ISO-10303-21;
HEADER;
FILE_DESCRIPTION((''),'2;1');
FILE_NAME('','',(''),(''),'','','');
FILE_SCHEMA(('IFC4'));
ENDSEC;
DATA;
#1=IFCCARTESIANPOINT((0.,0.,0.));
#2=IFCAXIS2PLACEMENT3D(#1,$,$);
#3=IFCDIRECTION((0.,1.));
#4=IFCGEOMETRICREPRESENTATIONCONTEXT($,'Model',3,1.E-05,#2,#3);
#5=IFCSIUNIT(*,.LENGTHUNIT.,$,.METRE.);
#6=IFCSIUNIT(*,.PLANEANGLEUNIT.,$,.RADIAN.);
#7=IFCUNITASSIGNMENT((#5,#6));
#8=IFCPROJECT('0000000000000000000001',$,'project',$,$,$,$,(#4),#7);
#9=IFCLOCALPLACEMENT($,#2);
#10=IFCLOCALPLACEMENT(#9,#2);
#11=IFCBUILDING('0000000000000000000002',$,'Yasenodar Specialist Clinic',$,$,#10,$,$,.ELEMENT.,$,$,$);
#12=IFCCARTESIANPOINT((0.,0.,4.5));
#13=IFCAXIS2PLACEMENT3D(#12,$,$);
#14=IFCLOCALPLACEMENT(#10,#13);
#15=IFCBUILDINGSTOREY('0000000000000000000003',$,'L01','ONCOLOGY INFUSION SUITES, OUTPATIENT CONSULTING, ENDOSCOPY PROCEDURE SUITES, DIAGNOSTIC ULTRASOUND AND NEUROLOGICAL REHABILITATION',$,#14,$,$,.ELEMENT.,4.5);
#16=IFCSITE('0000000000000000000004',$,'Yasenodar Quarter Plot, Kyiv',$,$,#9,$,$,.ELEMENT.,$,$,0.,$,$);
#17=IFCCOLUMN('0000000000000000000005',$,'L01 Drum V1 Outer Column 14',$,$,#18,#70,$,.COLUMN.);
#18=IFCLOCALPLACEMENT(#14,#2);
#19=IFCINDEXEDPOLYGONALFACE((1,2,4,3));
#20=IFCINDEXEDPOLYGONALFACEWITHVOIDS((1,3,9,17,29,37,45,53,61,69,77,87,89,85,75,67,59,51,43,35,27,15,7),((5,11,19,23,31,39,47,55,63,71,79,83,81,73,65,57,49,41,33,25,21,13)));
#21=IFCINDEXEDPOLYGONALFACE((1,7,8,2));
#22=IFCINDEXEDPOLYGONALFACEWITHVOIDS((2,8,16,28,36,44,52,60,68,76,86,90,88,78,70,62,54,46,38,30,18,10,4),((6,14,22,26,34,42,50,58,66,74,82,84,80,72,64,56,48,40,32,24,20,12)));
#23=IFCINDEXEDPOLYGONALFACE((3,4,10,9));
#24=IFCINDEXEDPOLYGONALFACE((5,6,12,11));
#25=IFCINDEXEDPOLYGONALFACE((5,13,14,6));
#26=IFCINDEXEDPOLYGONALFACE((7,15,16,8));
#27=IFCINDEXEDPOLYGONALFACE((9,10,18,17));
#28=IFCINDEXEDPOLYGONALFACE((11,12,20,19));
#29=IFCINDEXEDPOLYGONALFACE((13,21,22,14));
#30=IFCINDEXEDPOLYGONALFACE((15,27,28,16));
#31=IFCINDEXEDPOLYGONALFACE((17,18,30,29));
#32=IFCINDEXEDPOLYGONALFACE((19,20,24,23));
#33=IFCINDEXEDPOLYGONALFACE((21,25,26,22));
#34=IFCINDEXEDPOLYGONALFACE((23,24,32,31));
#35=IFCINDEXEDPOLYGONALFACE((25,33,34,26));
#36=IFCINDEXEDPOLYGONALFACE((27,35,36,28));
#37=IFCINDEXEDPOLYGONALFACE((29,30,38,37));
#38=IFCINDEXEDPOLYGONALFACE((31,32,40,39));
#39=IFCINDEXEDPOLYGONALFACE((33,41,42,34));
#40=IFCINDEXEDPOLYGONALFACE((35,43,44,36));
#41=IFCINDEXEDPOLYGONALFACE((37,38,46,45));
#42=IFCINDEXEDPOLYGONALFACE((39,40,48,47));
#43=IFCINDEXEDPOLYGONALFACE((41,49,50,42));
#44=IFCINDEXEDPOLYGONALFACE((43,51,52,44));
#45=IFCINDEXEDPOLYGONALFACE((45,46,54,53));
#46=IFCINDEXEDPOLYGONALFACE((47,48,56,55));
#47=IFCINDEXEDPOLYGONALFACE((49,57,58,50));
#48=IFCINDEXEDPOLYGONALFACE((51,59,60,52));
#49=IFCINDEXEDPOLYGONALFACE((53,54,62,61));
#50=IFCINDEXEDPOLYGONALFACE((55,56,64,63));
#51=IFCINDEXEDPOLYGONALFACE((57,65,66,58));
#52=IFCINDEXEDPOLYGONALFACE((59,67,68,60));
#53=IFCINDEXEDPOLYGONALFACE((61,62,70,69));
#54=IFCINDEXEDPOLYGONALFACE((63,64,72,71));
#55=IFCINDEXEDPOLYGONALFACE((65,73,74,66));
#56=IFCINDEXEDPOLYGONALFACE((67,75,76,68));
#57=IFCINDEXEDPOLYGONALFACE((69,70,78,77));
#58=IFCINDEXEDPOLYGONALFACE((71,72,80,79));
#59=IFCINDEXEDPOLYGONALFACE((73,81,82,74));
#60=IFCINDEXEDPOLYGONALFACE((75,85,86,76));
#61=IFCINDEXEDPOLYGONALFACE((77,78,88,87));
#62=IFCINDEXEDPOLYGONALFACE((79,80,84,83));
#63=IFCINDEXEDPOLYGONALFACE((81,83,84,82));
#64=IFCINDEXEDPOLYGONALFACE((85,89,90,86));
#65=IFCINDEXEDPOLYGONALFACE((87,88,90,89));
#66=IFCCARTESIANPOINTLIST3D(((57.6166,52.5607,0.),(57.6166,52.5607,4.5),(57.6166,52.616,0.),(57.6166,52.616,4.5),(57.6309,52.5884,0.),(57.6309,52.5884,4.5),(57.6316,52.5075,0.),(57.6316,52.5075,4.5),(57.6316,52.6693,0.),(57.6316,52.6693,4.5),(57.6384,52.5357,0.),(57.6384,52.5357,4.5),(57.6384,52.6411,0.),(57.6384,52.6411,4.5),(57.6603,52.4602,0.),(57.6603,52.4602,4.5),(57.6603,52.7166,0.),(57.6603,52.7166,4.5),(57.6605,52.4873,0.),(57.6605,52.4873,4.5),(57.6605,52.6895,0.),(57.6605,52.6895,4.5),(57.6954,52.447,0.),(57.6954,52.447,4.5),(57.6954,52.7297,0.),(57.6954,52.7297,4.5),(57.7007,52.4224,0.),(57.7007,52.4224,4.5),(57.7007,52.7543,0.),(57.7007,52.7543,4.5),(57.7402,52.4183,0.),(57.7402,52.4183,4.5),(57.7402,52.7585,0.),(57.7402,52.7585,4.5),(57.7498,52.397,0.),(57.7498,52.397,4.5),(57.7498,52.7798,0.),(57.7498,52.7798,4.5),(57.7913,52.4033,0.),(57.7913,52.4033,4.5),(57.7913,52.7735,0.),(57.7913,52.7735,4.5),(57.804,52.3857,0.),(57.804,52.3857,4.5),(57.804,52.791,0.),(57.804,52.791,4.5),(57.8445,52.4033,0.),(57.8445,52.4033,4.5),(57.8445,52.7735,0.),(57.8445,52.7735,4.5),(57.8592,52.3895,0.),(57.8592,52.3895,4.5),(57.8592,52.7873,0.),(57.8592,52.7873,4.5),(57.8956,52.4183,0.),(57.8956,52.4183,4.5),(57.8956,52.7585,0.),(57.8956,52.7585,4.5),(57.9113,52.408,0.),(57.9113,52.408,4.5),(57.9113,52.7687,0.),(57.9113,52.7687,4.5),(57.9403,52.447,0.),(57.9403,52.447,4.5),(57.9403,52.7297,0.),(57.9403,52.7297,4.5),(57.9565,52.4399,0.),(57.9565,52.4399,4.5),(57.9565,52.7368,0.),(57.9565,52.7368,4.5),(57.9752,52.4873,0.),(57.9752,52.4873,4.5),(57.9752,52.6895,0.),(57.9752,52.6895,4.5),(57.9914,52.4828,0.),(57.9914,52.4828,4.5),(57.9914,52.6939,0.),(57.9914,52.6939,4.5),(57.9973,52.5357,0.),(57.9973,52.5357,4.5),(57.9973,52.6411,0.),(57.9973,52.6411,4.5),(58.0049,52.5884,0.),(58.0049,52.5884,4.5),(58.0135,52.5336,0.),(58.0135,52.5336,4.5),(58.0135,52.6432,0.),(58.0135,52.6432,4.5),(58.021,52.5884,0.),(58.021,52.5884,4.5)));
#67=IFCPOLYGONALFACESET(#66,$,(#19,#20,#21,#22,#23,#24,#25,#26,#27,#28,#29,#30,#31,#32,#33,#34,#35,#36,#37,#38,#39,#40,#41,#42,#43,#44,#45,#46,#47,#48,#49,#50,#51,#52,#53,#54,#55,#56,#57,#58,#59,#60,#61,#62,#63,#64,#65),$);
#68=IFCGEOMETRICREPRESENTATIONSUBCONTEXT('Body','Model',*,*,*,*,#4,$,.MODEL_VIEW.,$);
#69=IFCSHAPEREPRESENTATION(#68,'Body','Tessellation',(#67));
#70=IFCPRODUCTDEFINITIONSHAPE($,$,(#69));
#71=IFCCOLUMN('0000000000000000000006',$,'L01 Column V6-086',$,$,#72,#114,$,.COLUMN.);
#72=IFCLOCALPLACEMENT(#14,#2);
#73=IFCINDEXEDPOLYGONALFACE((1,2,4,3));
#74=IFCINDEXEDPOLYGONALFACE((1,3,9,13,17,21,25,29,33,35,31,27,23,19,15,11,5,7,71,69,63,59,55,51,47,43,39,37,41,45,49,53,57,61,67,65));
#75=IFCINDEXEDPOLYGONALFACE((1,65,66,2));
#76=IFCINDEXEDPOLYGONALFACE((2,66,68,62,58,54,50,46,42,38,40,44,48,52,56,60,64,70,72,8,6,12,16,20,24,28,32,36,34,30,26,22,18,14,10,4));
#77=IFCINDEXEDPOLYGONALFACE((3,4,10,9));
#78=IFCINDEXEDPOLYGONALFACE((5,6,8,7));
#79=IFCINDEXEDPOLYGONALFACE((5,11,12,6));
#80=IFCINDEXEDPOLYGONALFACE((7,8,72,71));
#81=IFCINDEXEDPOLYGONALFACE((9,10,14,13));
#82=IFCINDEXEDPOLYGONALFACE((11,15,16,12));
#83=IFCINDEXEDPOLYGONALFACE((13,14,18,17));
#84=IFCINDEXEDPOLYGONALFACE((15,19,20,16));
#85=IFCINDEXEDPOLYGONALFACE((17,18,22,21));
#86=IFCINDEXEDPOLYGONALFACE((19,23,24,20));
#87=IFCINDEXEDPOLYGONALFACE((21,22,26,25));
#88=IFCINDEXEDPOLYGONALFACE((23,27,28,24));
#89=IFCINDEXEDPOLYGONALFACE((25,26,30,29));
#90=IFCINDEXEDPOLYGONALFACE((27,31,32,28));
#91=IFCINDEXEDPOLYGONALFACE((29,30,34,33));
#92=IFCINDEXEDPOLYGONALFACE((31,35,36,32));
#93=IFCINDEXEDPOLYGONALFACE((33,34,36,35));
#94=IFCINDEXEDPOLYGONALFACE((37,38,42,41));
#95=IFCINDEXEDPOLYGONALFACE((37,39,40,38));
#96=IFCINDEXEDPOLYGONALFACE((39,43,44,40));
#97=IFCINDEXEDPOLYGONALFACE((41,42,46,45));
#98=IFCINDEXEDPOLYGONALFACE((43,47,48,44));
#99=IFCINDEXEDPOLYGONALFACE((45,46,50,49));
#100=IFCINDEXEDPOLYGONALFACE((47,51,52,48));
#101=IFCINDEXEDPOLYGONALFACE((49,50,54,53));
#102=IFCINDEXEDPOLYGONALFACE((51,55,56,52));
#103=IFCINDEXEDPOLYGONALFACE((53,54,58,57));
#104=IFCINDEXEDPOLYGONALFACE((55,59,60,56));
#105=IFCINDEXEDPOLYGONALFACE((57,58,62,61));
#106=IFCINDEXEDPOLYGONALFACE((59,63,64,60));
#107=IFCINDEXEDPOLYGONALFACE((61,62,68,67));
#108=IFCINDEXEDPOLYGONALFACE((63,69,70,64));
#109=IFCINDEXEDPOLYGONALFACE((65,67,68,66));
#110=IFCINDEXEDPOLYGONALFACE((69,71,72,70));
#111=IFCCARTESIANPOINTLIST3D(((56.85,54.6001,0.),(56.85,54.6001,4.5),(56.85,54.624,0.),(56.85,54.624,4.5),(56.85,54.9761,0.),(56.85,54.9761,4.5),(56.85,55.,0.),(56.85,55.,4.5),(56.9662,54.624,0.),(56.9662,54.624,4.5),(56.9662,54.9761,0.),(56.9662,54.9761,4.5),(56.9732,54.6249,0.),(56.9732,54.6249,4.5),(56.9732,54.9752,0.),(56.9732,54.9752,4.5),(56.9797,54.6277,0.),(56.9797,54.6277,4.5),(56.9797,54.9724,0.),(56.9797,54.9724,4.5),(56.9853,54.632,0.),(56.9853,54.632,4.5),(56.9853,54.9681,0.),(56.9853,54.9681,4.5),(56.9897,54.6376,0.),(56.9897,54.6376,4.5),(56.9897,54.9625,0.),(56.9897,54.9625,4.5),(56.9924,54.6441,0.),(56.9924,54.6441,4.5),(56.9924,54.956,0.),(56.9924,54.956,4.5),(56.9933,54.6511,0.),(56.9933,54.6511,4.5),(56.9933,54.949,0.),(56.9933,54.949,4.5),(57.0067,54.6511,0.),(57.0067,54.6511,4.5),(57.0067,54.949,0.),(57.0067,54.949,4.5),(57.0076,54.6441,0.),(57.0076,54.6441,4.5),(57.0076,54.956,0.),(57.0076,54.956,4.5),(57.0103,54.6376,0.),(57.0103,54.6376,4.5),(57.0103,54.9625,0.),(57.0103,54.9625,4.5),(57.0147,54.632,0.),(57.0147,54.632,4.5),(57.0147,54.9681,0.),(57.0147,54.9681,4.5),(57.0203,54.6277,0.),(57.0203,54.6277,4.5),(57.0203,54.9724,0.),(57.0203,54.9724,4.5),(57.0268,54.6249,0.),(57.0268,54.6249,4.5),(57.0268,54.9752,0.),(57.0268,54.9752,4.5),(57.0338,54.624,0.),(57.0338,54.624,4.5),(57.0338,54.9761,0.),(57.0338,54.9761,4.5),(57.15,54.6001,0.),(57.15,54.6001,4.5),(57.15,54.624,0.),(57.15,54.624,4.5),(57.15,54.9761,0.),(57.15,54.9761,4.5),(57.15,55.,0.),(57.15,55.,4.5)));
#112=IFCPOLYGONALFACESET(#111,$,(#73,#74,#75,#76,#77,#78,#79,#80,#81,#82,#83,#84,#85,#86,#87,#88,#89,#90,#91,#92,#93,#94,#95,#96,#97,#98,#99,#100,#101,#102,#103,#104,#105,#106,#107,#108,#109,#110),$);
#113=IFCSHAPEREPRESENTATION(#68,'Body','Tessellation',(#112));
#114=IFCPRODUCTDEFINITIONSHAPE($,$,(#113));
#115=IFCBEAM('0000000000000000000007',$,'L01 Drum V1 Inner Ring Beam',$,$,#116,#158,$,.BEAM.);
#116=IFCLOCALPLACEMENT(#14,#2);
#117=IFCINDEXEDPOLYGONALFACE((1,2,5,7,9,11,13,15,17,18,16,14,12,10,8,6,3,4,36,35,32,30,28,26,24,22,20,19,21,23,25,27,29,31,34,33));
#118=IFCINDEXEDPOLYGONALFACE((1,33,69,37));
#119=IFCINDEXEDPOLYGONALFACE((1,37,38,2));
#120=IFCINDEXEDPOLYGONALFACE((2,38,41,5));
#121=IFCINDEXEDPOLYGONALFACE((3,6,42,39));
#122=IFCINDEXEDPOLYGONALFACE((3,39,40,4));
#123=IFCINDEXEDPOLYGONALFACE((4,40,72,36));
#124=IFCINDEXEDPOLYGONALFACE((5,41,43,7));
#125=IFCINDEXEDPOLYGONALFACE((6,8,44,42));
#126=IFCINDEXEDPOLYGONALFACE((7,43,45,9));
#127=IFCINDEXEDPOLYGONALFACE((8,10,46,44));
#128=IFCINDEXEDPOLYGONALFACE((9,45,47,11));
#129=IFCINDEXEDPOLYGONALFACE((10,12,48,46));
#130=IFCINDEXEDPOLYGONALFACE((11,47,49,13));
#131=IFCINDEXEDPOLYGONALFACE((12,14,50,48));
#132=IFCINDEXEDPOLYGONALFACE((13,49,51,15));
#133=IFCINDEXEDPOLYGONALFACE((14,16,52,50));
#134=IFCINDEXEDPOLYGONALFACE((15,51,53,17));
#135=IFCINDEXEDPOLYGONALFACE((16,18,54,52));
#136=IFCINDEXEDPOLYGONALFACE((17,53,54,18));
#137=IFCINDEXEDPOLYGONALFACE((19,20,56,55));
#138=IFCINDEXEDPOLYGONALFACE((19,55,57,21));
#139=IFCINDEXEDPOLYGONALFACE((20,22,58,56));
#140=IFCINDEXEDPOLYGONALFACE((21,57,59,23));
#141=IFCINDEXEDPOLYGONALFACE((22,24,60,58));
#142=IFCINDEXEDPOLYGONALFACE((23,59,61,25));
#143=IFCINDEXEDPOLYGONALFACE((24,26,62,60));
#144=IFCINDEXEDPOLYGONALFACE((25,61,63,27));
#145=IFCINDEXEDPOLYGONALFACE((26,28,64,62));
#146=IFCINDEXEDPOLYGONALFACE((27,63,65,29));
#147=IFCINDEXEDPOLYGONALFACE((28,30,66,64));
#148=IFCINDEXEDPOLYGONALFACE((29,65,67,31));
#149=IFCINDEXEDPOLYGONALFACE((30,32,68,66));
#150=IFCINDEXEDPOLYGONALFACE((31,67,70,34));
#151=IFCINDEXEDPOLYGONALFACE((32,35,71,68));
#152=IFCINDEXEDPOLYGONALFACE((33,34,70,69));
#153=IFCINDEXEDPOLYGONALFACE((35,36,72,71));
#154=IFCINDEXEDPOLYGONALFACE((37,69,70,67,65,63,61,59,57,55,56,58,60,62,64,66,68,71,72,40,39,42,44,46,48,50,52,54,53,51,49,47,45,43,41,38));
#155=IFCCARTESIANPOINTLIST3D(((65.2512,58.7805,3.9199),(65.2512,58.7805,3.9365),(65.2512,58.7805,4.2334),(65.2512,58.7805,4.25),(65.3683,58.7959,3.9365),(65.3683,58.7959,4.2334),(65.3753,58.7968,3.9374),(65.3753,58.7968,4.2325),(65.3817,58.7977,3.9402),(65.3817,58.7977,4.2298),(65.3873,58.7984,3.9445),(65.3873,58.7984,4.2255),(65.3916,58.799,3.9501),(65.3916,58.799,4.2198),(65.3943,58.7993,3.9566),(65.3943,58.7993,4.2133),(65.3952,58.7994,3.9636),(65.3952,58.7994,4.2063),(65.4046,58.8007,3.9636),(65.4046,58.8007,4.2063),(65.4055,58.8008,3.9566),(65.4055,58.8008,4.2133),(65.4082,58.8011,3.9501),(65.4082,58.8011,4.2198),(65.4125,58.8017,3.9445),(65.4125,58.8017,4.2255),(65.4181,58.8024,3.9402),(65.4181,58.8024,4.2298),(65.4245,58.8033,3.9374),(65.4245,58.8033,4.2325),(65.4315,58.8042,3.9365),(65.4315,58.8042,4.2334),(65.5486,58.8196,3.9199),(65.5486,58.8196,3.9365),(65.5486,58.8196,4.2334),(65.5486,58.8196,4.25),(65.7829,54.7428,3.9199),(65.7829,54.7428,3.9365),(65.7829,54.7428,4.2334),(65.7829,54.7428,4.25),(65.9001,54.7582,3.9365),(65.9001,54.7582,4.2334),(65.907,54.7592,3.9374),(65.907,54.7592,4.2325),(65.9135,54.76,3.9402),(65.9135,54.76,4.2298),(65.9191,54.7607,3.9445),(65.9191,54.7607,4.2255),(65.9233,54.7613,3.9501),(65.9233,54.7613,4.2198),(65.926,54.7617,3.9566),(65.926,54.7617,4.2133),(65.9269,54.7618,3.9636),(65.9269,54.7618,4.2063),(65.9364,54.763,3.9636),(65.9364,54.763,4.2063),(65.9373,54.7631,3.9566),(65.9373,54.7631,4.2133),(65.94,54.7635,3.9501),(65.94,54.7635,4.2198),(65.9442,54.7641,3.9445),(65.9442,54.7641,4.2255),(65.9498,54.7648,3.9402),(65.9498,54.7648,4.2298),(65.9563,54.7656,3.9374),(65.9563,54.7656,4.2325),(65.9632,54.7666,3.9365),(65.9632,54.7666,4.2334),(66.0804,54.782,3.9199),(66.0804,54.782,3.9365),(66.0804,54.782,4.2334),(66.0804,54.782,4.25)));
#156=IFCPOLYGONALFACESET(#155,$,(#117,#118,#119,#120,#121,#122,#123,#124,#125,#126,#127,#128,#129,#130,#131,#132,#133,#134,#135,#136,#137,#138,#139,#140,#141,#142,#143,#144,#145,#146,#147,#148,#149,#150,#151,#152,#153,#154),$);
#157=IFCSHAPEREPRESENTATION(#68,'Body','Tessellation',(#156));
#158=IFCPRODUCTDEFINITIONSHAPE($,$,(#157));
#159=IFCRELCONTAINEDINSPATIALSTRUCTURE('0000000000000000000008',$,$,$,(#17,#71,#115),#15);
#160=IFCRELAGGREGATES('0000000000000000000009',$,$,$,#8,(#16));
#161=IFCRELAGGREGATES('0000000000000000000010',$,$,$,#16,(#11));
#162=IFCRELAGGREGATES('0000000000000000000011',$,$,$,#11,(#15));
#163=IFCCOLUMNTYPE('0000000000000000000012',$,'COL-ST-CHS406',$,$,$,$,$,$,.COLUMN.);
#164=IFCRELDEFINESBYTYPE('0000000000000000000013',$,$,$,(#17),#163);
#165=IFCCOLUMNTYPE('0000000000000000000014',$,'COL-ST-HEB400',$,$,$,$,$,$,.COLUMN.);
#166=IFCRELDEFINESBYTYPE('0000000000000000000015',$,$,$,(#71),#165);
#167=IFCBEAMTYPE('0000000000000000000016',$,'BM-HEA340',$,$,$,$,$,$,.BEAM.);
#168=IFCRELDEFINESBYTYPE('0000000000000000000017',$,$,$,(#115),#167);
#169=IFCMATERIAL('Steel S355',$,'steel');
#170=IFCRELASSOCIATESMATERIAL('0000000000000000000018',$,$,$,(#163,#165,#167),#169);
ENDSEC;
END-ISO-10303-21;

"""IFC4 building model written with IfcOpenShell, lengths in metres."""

from ifc_helpers import new_model, si_unit, direction, frame, origin, origin_2d, place, context, subcontext, project, spatial, hollow_circle, i_section, extrude, material, material_profile, profile_set, type_object, element, save


model = new_model("IFC4")

# Units and contexts
model_context = context("Model", 3, precision=1e-05, world=origin(), true_north=direction((0.0, 1.0)))
body_context = subcontext(model_context, "Body", "Model", "MODEL_VIEW")
ifc_project = project(units=[si_unit("LENGTHUNIT", "METRE"), si_unit("PLANEANGLEUNIT", "RADIAN")], contexts=[model_context])

# Site, building, storey
site_placement = place(None, origin())
site = spatial("IfcSite", under=ifc_project, at=site_placement, Name="Yasenodar Quarter Plot, Kyiv", CompositionType="ELEMENT", RefElevation=0.0)
building_placement = place(site_placement, origin())
building = spatial("IfcBuilding", under=site, at=building_placement, Name="Yasenodar Specialist Clinic", CompositionType="ELEMENT")
storey_placement = place(building_placement, frame((0.0, 0.0, 4.5)))
storey = spatial("IfcBuildingStorey", under=building, at=storey_placement, Name="L01", Description="ONCOLOGY INFUSION SUITES, OUTPATIENT CONSULTING, ENDOSCOPY PROCEDURE SUITES, DIAGNOSTIC ULTRASOUND AND NEUROLOGICAL REHABILITATION", CompositionType="ELEMENT", Elevation=4.5)

# Columns
ifc_material_1 = material(Name="Steel S355", Category="steel")
ifc_material_profile_1 = material_profile(ifc_material_1, hollow_circle(Radius=0.2031, WallThickness=0.0161, at=origin_2d()), Name="CHS 406.4x16")
ifc_profile_set_1 = profile_set([ifc_material_profile_1], Name="Steel S355")
column_type_1 = type_object("IfcColumnType", Name="COL-ST-CHS406", PredefinedType="COLUMN", material=ifc_profile_set_1)
for number, where, z_axis, x_axis, name in (
    (1, (57.8179, 52.5884, 0.0), (0.0, 0.0, 1.0), (1.0, 0.0, 0.0), "L01 Drum V1 Outer Column 14"),
):
    element("IfcColumn", number, at=place(storey_placement, frame(where, z_axis=z_axis, x_axis=x_axis)), inside=storey, type_object=column_type_1, Name=name, PredefinedType="COLUMN", context=body_context, shape_type="SweptSolid", body=[
        extrude(hollow_circle(Radius=0.2031, WallThickness=0.0161, at=origin_2d()), origin(), (0.0, 0.0, 1.0), 4.5),
    ])
ifc_material_profile_2 = material_profile(ifc_material_1, i_section(OverallWidth=0.3, OverallDepth=0.3999, WebThickness=0.0134, FlangeThickness=0.0239, FilletRadius=0.0271, at=origin_2d()), Name="HEB 400")
ifc_profile_set_2 = profile_set([ifc_material_profile_2], Name="Steel S355")
column_type_2 = type_object("IfcColumnType", Name="COL-ST-HEB400", PredefinedType="COLUMN", material=ifc_profile_set_2)
column_placement = place(storey_placement, frame((57.0, 54.8, 0.0), z_axis=(0.0, 0.0, 1.0), x_axis=(1.0, 0.0, 0.0)))
element("IfcColumn", 2, at=column_placement, inside=storey, type_object=column_type_2, Name="L01 Column V6-086", PredefinedType="COLUMN", context=body_context, shape_type="SweptSolid", body=[
    extrude(i_section(OverallWidth=0.3, OverallDepth=0.3999, WebThickness=0.0134, FlangeThickness=0.0239, FilletRadius=0.0271, at=origin_2d()), origin(), (0.0, 0.0, 1.0), 4.5),
])

# Beam
ifc_material_profile_3 = material_profile(ifc_material_1, i_section(OverallWidth=0.3, OverallDepth=0.3301, WebThickness=0.0095, FlangeThickness=0.0166, FilletRadius=0.0271, at=origin_2d()), Name="HEA 340")
ifc_profile_set_3 = profile_set([ifc_material_profile_3], Name="Steel S355")
beam_type_1 = type_object("IfcBeamType", Name="BM-HEA340", PredefinedType="BEAM", material=ifc_profile_set_3)
for number, where, z_axis, x_axis, name in (
    (3, (65.3999, 58.8, 4.085), (0.130569, -0.991439, 0.0), (0.991439, 0.130569, 0.0), "L01 Drum V1 Inner Ring Beam"),
):
    element("IfcBeam", number, at=place(storey_placement, frame(where, z_axis=z_axis, x_axis=x_axis)), inside=storey, type_object=beam_type_1, Name=name, PredefinedType="BEAM", context=body_context, shape_type="SweptSolid", body=[
        extrude(i_section(OverallWidth=0.3, OverallDepth=0.3301, WebThickness=0.0095, FlangeThickness=0.0166, FilletRadius=0.0271, at=origin_2d()), origin(), (0.0, 0.0, 1.0), 4.0725),
    ])

save(model, "model.ifc")
